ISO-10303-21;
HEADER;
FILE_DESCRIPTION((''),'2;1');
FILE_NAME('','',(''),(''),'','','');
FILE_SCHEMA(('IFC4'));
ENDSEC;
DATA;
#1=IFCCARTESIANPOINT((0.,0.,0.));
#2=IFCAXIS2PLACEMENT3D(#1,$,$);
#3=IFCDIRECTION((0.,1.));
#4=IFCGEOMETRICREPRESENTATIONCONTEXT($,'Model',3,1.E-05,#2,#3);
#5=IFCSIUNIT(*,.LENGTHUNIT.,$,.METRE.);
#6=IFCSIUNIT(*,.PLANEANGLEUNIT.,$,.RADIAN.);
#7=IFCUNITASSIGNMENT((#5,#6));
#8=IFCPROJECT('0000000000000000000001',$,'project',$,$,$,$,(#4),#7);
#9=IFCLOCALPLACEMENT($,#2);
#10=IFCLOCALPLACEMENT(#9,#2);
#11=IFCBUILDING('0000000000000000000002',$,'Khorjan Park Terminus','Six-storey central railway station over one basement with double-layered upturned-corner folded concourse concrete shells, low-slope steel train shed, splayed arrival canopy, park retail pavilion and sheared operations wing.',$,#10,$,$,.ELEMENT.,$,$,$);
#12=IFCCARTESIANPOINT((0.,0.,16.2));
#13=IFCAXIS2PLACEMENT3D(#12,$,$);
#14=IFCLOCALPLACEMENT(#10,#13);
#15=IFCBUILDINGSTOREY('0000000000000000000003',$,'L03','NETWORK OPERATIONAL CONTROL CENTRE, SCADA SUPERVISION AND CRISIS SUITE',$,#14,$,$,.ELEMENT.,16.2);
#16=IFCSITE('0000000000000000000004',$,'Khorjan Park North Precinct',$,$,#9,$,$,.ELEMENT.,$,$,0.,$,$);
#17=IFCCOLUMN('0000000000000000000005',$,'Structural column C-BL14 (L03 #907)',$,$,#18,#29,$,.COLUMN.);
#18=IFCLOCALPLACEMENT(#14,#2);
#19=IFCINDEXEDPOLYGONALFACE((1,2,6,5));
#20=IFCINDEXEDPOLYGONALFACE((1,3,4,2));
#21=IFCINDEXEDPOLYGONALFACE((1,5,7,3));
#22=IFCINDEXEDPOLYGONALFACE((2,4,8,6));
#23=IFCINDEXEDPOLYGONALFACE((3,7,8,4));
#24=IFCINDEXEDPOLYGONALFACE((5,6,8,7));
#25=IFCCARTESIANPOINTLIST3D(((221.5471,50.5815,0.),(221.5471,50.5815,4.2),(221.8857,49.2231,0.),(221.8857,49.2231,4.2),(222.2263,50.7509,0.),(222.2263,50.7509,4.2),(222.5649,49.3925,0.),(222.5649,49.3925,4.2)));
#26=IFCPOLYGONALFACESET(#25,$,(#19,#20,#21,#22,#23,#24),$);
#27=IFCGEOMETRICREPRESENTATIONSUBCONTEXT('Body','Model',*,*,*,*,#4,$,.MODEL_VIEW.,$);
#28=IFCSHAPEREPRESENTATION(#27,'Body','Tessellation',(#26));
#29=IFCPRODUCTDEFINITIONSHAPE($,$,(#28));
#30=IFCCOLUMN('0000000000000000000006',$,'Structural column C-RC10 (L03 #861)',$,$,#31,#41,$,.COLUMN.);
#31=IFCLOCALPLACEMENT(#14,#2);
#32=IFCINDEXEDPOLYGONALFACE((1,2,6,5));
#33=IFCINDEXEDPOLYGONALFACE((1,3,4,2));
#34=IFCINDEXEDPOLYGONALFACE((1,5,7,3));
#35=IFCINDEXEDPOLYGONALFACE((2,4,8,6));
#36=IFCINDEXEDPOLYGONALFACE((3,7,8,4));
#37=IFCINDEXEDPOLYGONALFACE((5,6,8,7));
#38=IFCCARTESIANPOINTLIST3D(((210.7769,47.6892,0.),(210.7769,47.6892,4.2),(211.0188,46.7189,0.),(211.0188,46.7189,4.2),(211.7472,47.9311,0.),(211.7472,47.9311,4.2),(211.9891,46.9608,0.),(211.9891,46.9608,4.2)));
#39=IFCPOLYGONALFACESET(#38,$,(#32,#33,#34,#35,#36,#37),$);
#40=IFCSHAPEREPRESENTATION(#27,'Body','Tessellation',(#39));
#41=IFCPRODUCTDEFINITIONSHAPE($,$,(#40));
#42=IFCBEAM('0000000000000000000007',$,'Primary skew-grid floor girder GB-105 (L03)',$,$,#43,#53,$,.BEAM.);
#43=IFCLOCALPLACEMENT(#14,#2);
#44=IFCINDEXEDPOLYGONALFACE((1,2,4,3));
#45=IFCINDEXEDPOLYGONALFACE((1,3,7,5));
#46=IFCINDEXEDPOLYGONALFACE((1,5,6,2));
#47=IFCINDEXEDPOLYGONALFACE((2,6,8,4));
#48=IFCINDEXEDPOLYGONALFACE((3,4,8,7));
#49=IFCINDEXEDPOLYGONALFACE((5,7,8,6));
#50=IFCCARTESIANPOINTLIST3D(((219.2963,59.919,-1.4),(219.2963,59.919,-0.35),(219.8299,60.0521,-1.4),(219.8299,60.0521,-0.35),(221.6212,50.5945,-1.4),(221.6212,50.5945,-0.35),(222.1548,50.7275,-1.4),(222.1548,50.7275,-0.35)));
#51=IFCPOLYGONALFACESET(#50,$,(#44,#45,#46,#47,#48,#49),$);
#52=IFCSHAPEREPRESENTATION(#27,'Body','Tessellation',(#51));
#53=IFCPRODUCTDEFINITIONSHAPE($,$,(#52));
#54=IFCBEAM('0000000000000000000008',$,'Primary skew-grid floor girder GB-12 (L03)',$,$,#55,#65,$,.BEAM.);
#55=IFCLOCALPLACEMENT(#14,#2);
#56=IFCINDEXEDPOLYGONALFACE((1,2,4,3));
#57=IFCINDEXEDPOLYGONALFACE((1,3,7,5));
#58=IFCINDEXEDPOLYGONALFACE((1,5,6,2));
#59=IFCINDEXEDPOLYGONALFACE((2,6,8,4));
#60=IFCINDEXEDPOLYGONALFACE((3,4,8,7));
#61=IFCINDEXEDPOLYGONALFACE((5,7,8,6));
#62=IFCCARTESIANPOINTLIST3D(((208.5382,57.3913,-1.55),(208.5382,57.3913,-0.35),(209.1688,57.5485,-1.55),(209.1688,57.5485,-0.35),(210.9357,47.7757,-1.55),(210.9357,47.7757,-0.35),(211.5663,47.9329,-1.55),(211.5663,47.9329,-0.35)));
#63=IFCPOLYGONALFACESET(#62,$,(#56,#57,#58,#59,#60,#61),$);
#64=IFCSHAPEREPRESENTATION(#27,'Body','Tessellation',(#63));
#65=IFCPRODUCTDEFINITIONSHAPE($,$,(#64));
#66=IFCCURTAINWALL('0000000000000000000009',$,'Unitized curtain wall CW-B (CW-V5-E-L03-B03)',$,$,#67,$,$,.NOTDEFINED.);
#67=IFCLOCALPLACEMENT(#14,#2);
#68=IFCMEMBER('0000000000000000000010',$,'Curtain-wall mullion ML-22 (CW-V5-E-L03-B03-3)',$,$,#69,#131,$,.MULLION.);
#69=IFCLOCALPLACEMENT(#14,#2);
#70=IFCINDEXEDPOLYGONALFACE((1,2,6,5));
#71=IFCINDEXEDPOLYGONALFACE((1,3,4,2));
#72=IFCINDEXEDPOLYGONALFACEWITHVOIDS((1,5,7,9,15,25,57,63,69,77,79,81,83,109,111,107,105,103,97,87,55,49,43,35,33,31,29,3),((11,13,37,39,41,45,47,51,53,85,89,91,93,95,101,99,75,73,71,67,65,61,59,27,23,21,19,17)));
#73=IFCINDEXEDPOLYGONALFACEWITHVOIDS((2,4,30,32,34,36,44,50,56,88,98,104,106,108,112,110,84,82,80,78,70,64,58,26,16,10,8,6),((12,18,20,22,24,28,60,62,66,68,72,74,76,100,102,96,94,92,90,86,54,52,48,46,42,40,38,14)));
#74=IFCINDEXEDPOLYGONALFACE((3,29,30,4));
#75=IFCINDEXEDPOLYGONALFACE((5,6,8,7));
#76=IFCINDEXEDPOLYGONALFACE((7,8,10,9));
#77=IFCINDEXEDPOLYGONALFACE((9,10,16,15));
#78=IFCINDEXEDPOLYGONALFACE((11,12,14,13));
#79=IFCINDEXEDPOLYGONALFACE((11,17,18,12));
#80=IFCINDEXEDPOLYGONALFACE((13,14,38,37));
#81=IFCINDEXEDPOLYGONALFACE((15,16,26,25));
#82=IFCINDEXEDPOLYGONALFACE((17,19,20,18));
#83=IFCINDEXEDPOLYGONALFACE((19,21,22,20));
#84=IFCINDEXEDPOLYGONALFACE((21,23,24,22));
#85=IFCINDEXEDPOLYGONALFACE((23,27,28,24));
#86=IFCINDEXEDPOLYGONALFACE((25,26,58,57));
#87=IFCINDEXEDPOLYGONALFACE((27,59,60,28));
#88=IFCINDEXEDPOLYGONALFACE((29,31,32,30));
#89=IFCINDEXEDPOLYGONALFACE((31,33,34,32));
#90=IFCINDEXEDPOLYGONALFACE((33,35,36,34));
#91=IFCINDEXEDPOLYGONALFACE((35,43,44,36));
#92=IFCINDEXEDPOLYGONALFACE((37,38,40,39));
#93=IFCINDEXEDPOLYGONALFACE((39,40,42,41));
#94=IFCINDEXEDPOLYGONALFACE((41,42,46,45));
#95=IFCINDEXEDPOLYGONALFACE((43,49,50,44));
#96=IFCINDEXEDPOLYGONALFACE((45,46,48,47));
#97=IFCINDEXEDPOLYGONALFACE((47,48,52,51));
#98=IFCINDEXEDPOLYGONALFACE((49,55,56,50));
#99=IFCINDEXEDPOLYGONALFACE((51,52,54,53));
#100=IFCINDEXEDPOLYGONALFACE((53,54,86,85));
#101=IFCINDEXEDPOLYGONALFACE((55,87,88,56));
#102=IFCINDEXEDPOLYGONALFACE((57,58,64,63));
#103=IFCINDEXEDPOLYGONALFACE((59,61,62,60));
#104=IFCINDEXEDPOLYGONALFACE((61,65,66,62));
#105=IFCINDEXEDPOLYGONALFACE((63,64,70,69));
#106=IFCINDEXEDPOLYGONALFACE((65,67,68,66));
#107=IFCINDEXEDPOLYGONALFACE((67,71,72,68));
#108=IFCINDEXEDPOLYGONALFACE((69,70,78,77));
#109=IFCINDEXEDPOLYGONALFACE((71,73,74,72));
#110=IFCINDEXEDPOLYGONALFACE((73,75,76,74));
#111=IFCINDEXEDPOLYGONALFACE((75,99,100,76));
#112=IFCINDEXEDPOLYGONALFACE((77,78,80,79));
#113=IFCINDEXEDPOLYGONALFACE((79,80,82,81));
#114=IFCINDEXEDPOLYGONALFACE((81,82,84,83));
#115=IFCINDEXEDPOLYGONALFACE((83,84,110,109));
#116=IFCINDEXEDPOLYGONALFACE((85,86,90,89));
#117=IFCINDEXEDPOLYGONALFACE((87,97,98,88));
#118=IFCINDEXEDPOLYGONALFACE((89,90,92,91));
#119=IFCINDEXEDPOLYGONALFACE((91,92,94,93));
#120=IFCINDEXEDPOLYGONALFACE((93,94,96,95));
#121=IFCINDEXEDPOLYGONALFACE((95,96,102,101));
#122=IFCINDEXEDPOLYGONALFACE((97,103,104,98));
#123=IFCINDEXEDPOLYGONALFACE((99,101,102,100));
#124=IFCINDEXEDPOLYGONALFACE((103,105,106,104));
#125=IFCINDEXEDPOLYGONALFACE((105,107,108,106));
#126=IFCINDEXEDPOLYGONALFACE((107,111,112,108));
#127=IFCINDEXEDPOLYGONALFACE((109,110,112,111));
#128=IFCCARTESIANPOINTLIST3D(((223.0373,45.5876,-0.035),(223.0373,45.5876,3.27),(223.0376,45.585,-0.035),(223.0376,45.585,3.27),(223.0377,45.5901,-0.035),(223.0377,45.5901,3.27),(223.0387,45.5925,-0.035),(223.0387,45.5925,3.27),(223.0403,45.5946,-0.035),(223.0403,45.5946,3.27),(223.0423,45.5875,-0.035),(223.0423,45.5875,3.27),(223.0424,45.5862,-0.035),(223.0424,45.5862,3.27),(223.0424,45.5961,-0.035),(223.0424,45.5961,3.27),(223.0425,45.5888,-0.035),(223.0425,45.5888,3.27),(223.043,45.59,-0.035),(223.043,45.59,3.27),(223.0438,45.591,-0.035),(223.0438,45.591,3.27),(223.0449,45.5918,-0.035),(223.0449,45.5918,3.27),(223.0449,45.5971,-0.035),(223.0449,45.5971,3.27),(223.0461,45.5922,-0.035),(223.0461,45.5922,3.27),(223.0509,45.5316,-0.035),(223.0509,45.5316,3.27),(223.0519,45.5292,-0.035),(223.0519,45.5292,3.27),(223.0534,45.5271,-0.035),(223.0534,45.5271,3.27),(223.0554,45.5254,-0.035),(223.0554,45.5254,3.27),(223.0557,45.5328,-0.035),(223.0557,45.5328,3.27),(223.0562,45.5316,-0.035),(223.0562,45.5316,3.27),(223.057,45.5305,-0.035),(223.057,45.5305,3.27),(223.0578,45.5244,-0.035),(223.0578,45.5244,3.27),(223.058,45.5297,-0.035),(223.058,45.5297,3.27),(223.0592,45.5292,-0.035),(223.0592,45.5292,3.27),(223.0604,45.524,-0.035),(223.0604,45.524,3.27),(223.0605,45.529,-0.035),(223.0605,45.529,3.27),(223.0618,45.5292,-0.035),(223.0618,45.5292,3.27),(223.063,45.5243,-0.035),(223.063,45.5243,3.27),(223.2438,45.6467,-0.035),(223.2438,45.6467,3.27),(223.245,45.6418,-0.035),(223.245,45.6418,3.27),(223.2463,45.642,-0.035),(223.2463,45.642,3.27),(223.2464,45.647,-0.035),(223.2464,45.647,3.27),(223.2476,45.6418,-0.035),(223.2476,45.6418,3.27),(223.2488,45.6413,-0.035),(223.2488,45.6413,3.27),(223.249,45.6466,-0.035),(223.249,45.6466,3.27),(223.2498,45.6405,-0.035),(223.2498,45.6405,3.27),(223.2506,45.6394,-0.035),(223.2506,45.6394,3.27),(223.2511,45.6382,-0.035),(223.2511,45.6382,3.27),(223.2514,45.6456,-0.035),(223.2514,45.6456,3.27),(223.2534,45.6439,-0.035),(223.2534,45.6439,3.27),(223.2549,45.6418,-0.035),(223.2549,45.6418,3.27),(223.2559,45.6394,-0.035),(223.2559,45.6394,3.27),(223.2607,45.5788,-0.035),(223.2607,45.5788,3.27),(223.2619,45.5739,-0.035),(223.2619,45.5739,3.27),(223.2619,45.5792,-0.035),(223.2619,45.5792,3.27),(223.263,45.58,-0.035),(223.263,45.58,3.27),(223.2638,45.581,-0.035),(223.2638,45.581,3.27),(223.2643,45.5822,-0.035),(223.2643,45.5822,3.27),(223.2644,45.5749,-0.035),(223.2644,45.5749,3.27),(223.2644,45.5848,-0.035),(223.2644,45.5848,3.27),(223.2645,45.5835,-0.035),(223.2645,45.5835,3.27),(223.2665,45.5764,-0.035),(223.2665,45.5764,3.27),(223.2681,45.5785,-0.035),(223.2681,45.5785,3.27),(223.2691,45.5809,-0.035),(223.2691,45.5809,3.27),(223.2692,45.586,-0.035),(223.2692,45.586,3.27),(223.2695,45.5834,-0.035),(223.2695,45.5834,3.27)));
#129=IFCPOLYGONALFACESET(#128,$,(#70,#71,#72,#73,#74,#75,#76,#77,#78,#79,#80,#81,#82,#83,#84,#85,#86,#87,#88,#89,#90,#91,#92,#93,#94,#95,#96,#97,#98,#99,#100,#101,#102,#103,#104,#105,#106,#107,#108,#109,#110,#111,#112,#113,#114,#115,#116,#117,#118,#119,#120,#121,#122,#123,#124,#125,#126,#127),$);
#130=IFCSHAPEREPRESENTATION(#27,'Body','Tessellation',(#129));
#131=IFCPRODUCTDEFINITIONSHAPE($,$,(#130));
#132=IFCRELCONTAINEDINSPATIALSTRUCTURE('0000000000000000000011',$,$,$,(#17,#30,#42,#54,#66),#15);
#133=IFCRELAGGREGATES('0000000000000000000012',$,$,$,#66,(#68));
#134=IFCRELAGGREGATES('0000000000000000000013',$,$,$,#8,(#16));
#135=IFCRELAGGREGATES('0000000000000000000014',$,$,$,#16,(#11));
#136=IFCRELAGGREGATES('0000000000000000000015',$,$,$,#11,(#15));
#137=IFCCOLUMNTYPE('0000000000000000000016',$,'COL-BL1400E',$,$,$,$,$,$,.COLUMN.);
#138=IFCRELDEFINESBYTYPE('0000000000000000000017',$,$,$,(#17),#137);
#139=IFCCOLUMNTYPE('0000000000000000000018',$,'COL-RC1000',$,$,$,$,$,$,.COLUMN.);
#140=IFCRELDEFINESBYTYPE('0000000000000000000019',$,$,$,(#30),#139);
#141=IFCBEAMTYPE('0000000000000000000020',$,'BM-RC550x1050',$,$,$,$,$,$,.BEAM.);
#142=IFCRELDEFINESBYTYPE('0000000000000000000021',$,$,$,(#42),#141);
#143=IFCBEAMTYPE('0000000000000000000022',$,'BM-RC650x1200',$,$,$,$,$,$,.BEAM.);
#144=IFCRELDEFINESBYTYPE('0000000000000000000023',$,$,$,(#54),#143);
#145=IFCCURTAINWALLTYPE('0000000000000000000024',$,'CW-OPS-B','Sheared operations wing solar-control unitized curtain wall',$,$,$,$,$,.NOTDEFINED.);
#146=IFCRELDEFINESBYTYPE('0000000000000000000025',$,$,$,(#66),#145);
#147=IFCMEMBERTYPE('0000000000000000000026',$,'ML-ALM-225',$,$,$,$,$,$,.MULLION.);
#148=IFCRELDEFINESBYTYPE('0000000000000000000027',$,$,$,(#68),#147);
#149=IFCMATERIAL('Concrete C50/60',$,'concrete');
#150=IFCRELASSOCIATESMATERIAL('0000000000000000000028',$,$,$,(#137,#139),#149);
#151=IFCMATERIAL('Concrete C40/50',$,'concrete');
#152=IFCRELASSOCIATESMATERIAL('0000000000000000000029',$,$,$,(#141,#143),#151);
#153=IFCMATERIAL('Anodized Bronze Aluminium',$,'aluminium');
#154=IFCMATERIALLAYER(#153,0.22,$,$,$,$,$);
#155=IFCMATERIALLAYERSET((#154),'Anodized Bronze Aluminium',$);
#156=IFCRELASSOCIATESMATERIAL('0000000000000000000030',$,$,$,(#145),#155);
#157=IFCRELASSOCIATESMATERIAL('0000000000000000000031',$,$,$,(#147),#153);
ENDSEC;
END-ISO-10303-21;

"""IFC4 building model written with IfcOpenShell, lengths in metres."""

from ifc_helpers import new_model, si_unit, direction, frame, origin, origin_2d, place, context, subcontext, project, spatial, rectangle, hollow_rectangle, extrude, material, layer, layer_set, material_profile, profile_set, type_object, element, aggregate, save


model = new_model("IFC4")

# Units and contexts
model_context = context("Model", 3, precision=1e-05, world=origin(), true_north=direction((0.0, 1.0)))
body_context = subcontext(model_context, "Body", "Model", "MODEL_VIEW")
ifc_project = project(units=[si_unit("LENGTHUNIT", "METRE"), si_unit("PLANEANGLEUNIT", "RADIAN")], contexts=[model_context])

# Site, building, storey
site_placement = place(None, origin())
site = spatial("IfcSite", under=ifc_project, at=site_placement, Name="Khorjan Park North Precinct", CompositionType="ELEMENT", RefElevation=0.0)
building_placement = place(site_placement, origin())
building = spatial("IfcBuilding", under=site, at=building_placement, Name="Khorjan Park Terminus", Description="Six-storey central railway station over one basement with double-layered upturned-corner folded concourse concrete shells, low-slope steel train shed, splayed arrival canopy, park retail pavilion and sheared operations wing.", CompositionType="ELEMENT")
storey_placement = place(building_placement, frame((0.0, 0.0, 16.2)))
storey = spatial("IfcBuildingStorey", under=building, at=storey_placement, Name="L03", Description="NETWORK OPERATIONAL CONTROL CENTRE, SCADA SUPERVISION AND CRISIS SUITE", CompositionType="ELEMENT", Elevation=16.2)

# Columns
ifc_material_1 = material(Name="Concrete C50/60", Category="concrete")
ifc_material_profile_1 = material_profile(ifc_material_1, rectangle(XDim=0.7, YDim=1.4, at=origin_2d()), Name="RC 700x1400")
ifc_profile_set_1 = profile_set([ifc_material_profile_1], Name="Concrete C50/60")
column_type_1 = type_object("IfcColumnType", Name="COL-BL1400E", PredefinedType="COLUMN", material=ifc_profile_set_1)
column_1_placement = place(storey_placement, frame((222.056, 49.987, 0.0), z_axis=(0.0, 0.0, 1.0), x_axis=(0.970296, 0.241922, 0.0)))
element("IfcColumn", 1, at=column_1_placement, inside=storey, type_object=column_type_1, Name="Structural column C-BL14 (L03 #907)", PredefinedType="COLUMN", context=body_context, shape_type="SweptSolid", body=[
    extrude(rectangle(XDim=0.7, YDim=1.4, at=origin_2d()), origin(), (0.0, 0.0, 1.0), 4.2),
])
ifc_material_profile_2 = material_profile(ifc_material_1, rectangle(XDim=1.0, YDim=1.0, at=origin_2d()), Name="RC 1000x1000")
ifc_profile_set_2 = profile_set([ifc_material_profile_2], Name="Concrete C50/60")
column_type_2 = type_object("IfcColumnType", Name="COL-RC1000", PredefinedType="COLUMN", material=ifc_profile_set_2)
column_2_placement = place(storey_placement, frame((211.383, 47.325, 0.0), z_axis=(0.0, 0.0, 1.0), x_axis=(0.970296, 0.241922, 0.0)))
element("IfcColumn", 2, at=column_2_placement, inside=storey, type_object=column_type_2, Name="Structural column C-RC10 (L03 #861)", PredefinedType="COLUMN", context=body_context, shape_type="SweptSolid", body=[
    extrude(rectangle(XDim=1.0, YDim=1.0, at=origin_2d()), origin(), (0.0, 0.0, 1.0), 4.2),
])

# Beams
ifc_material_2 = material(Name="Concrete C40/50", Category="concrete")
ifc_material_profile_3 = material_profile(ifc_material_2, rectangle(XDim=0.55, YDim=1.05, at=origin_2d()), Name="RC 550x1050")
ifc_profile_set_3 = profile_set([ifc_material_profile_3], Name="Concrete C40/50")
beam_type_1 = type_object("IfcBeamType", Name="BM-RC550x1050", PredefinedType="BEAM", material=ifc_profile_set_3)
beam_1_placement = place(storey_placement, frame((221.888, 50.661, -0.875), z_axis=(-0.241926, 0.970295, 0.0), x_axis=(-0.970295, -0.241926, 0.0)))
element("IfcBeam", 3, at=beam_1_placement, inside=storey, type_object=beam_type_1, Name="Primary skew-grid floor girder GB-105 (L03)", PredefinedType="BEAM", context=body_context, shape_type="SweptSolid", body=[
    extrude(rectangle(XDim=0.55, YDim=1.05, at=origin_2d()), origin(), (0.0, 0.0, 1.0), 9.61),
])
ifc_material_profile_4 = material_profile(ifc_material_2, rectangle(XDim=0.65, YDim=1.2, at=origin_2d()), Name="RC 650x1200")
ifc_profile_set_4 = profile_set([ifc_material_profile_4], Name="Concrete C40/50")
beam_type_2 = type_object("IfcBeamType", Name="BM-RC650x1200", PredefinedType="BEAM", material=ifc_profile_set_4)
beam_2_placement = place(storey_placement, frame((211.251, 47.8543, -0.95), z_axis=(-0.241928, 0.970294, 0.0), x_axis=(-0.970294, -0.241928, 0.0)))
element("IfcBeam", 4, at=beam_2_placement, inside=storey, type_object=beam_type_2, Name="Primary skew-grid floor girder GB-12 (L03)", PredefinedType="BEAM", context=body_context, shape_type="SweptSolid", body=[
    extrude(rectangle(XDim=0.65, YDim=1.2, at=origin_2d()), origin(), (0.0, 0.0, 1.0), 9.91),
])

# Curtain wall, member
ifc_material_3 = material(Name="Anodized Bronze Aluminium", Category="aluminium")
ifc_layer_1 = layer(ifc_material_3, 0.22)
ifc_layer_set_1 = layer_set([ifc_layer_1], Name="Anodized Bronze Aluminium")
curtain_wall_type = type_object("IfcCurtainWallType", Name="CW-OPS-B", Description="Sheared operations wing solar-control unitized curtain wall", PredefinedType="NOTDEFINED", material=ifc_layer_set_1)
curtain_wall_placement = place(storey_placement, origin())
curtain_wall = element("IfcCurtainWall", 5, at=curtain_wall_placement, inside=storey, type_object=curtain_wall_type, Name="Unitized curtain wall CW-B (CW-V5-E-L03-B03)", PredefinedType="NOTDEFINED")
ifc_material_profile_5 = material_profile(ifc_material_3, hollow_rectangle(XDim=0.075, YDim=0.225, WallThickness=0.005, InnerFilletRadius=0.005, OuterFilletRadius=0.01, at=origin_2d()), Name="ALM 75x225x5")
ifc_profile_set_5 = profile_set([ifc_material_profile_5], Name="Anodized Bronze Aluminium")
member_type_1 = type_object("IfcMemberType", Name="ML-ALM-225", PredefinedType="MULLION", material=ifc_profile_set_5)
member_1_placement = place(storey_placement, frame((223.1534, 45.5855, -0.035), z_axis=(0.0, 0.0, 1.0), x_axis=(-0.241923, 0.970295, 0.0)))
member_1 = element("IfcMember", 6, at=member_1_placement, type_object=member_type_1, Name="Curtain-wall mullion ML-22 (CW-V5-E-L03-B03-3)", PredefinedType="MULLION", context=body_context, shape_type="SweptSolid", body=[
    extrude(hollow_rectangle(XDim=0.075, YDim=0.225, WallThickness=0.005, InnerFilletRadius=0.005, OuterFilletRadius=0.01, at=origin_2d()), origin(), (0.0, 0.0, 1.0), 3.305),
])
aggregate(curtain_wall, [member_1])

save(model, "model.ifc")
